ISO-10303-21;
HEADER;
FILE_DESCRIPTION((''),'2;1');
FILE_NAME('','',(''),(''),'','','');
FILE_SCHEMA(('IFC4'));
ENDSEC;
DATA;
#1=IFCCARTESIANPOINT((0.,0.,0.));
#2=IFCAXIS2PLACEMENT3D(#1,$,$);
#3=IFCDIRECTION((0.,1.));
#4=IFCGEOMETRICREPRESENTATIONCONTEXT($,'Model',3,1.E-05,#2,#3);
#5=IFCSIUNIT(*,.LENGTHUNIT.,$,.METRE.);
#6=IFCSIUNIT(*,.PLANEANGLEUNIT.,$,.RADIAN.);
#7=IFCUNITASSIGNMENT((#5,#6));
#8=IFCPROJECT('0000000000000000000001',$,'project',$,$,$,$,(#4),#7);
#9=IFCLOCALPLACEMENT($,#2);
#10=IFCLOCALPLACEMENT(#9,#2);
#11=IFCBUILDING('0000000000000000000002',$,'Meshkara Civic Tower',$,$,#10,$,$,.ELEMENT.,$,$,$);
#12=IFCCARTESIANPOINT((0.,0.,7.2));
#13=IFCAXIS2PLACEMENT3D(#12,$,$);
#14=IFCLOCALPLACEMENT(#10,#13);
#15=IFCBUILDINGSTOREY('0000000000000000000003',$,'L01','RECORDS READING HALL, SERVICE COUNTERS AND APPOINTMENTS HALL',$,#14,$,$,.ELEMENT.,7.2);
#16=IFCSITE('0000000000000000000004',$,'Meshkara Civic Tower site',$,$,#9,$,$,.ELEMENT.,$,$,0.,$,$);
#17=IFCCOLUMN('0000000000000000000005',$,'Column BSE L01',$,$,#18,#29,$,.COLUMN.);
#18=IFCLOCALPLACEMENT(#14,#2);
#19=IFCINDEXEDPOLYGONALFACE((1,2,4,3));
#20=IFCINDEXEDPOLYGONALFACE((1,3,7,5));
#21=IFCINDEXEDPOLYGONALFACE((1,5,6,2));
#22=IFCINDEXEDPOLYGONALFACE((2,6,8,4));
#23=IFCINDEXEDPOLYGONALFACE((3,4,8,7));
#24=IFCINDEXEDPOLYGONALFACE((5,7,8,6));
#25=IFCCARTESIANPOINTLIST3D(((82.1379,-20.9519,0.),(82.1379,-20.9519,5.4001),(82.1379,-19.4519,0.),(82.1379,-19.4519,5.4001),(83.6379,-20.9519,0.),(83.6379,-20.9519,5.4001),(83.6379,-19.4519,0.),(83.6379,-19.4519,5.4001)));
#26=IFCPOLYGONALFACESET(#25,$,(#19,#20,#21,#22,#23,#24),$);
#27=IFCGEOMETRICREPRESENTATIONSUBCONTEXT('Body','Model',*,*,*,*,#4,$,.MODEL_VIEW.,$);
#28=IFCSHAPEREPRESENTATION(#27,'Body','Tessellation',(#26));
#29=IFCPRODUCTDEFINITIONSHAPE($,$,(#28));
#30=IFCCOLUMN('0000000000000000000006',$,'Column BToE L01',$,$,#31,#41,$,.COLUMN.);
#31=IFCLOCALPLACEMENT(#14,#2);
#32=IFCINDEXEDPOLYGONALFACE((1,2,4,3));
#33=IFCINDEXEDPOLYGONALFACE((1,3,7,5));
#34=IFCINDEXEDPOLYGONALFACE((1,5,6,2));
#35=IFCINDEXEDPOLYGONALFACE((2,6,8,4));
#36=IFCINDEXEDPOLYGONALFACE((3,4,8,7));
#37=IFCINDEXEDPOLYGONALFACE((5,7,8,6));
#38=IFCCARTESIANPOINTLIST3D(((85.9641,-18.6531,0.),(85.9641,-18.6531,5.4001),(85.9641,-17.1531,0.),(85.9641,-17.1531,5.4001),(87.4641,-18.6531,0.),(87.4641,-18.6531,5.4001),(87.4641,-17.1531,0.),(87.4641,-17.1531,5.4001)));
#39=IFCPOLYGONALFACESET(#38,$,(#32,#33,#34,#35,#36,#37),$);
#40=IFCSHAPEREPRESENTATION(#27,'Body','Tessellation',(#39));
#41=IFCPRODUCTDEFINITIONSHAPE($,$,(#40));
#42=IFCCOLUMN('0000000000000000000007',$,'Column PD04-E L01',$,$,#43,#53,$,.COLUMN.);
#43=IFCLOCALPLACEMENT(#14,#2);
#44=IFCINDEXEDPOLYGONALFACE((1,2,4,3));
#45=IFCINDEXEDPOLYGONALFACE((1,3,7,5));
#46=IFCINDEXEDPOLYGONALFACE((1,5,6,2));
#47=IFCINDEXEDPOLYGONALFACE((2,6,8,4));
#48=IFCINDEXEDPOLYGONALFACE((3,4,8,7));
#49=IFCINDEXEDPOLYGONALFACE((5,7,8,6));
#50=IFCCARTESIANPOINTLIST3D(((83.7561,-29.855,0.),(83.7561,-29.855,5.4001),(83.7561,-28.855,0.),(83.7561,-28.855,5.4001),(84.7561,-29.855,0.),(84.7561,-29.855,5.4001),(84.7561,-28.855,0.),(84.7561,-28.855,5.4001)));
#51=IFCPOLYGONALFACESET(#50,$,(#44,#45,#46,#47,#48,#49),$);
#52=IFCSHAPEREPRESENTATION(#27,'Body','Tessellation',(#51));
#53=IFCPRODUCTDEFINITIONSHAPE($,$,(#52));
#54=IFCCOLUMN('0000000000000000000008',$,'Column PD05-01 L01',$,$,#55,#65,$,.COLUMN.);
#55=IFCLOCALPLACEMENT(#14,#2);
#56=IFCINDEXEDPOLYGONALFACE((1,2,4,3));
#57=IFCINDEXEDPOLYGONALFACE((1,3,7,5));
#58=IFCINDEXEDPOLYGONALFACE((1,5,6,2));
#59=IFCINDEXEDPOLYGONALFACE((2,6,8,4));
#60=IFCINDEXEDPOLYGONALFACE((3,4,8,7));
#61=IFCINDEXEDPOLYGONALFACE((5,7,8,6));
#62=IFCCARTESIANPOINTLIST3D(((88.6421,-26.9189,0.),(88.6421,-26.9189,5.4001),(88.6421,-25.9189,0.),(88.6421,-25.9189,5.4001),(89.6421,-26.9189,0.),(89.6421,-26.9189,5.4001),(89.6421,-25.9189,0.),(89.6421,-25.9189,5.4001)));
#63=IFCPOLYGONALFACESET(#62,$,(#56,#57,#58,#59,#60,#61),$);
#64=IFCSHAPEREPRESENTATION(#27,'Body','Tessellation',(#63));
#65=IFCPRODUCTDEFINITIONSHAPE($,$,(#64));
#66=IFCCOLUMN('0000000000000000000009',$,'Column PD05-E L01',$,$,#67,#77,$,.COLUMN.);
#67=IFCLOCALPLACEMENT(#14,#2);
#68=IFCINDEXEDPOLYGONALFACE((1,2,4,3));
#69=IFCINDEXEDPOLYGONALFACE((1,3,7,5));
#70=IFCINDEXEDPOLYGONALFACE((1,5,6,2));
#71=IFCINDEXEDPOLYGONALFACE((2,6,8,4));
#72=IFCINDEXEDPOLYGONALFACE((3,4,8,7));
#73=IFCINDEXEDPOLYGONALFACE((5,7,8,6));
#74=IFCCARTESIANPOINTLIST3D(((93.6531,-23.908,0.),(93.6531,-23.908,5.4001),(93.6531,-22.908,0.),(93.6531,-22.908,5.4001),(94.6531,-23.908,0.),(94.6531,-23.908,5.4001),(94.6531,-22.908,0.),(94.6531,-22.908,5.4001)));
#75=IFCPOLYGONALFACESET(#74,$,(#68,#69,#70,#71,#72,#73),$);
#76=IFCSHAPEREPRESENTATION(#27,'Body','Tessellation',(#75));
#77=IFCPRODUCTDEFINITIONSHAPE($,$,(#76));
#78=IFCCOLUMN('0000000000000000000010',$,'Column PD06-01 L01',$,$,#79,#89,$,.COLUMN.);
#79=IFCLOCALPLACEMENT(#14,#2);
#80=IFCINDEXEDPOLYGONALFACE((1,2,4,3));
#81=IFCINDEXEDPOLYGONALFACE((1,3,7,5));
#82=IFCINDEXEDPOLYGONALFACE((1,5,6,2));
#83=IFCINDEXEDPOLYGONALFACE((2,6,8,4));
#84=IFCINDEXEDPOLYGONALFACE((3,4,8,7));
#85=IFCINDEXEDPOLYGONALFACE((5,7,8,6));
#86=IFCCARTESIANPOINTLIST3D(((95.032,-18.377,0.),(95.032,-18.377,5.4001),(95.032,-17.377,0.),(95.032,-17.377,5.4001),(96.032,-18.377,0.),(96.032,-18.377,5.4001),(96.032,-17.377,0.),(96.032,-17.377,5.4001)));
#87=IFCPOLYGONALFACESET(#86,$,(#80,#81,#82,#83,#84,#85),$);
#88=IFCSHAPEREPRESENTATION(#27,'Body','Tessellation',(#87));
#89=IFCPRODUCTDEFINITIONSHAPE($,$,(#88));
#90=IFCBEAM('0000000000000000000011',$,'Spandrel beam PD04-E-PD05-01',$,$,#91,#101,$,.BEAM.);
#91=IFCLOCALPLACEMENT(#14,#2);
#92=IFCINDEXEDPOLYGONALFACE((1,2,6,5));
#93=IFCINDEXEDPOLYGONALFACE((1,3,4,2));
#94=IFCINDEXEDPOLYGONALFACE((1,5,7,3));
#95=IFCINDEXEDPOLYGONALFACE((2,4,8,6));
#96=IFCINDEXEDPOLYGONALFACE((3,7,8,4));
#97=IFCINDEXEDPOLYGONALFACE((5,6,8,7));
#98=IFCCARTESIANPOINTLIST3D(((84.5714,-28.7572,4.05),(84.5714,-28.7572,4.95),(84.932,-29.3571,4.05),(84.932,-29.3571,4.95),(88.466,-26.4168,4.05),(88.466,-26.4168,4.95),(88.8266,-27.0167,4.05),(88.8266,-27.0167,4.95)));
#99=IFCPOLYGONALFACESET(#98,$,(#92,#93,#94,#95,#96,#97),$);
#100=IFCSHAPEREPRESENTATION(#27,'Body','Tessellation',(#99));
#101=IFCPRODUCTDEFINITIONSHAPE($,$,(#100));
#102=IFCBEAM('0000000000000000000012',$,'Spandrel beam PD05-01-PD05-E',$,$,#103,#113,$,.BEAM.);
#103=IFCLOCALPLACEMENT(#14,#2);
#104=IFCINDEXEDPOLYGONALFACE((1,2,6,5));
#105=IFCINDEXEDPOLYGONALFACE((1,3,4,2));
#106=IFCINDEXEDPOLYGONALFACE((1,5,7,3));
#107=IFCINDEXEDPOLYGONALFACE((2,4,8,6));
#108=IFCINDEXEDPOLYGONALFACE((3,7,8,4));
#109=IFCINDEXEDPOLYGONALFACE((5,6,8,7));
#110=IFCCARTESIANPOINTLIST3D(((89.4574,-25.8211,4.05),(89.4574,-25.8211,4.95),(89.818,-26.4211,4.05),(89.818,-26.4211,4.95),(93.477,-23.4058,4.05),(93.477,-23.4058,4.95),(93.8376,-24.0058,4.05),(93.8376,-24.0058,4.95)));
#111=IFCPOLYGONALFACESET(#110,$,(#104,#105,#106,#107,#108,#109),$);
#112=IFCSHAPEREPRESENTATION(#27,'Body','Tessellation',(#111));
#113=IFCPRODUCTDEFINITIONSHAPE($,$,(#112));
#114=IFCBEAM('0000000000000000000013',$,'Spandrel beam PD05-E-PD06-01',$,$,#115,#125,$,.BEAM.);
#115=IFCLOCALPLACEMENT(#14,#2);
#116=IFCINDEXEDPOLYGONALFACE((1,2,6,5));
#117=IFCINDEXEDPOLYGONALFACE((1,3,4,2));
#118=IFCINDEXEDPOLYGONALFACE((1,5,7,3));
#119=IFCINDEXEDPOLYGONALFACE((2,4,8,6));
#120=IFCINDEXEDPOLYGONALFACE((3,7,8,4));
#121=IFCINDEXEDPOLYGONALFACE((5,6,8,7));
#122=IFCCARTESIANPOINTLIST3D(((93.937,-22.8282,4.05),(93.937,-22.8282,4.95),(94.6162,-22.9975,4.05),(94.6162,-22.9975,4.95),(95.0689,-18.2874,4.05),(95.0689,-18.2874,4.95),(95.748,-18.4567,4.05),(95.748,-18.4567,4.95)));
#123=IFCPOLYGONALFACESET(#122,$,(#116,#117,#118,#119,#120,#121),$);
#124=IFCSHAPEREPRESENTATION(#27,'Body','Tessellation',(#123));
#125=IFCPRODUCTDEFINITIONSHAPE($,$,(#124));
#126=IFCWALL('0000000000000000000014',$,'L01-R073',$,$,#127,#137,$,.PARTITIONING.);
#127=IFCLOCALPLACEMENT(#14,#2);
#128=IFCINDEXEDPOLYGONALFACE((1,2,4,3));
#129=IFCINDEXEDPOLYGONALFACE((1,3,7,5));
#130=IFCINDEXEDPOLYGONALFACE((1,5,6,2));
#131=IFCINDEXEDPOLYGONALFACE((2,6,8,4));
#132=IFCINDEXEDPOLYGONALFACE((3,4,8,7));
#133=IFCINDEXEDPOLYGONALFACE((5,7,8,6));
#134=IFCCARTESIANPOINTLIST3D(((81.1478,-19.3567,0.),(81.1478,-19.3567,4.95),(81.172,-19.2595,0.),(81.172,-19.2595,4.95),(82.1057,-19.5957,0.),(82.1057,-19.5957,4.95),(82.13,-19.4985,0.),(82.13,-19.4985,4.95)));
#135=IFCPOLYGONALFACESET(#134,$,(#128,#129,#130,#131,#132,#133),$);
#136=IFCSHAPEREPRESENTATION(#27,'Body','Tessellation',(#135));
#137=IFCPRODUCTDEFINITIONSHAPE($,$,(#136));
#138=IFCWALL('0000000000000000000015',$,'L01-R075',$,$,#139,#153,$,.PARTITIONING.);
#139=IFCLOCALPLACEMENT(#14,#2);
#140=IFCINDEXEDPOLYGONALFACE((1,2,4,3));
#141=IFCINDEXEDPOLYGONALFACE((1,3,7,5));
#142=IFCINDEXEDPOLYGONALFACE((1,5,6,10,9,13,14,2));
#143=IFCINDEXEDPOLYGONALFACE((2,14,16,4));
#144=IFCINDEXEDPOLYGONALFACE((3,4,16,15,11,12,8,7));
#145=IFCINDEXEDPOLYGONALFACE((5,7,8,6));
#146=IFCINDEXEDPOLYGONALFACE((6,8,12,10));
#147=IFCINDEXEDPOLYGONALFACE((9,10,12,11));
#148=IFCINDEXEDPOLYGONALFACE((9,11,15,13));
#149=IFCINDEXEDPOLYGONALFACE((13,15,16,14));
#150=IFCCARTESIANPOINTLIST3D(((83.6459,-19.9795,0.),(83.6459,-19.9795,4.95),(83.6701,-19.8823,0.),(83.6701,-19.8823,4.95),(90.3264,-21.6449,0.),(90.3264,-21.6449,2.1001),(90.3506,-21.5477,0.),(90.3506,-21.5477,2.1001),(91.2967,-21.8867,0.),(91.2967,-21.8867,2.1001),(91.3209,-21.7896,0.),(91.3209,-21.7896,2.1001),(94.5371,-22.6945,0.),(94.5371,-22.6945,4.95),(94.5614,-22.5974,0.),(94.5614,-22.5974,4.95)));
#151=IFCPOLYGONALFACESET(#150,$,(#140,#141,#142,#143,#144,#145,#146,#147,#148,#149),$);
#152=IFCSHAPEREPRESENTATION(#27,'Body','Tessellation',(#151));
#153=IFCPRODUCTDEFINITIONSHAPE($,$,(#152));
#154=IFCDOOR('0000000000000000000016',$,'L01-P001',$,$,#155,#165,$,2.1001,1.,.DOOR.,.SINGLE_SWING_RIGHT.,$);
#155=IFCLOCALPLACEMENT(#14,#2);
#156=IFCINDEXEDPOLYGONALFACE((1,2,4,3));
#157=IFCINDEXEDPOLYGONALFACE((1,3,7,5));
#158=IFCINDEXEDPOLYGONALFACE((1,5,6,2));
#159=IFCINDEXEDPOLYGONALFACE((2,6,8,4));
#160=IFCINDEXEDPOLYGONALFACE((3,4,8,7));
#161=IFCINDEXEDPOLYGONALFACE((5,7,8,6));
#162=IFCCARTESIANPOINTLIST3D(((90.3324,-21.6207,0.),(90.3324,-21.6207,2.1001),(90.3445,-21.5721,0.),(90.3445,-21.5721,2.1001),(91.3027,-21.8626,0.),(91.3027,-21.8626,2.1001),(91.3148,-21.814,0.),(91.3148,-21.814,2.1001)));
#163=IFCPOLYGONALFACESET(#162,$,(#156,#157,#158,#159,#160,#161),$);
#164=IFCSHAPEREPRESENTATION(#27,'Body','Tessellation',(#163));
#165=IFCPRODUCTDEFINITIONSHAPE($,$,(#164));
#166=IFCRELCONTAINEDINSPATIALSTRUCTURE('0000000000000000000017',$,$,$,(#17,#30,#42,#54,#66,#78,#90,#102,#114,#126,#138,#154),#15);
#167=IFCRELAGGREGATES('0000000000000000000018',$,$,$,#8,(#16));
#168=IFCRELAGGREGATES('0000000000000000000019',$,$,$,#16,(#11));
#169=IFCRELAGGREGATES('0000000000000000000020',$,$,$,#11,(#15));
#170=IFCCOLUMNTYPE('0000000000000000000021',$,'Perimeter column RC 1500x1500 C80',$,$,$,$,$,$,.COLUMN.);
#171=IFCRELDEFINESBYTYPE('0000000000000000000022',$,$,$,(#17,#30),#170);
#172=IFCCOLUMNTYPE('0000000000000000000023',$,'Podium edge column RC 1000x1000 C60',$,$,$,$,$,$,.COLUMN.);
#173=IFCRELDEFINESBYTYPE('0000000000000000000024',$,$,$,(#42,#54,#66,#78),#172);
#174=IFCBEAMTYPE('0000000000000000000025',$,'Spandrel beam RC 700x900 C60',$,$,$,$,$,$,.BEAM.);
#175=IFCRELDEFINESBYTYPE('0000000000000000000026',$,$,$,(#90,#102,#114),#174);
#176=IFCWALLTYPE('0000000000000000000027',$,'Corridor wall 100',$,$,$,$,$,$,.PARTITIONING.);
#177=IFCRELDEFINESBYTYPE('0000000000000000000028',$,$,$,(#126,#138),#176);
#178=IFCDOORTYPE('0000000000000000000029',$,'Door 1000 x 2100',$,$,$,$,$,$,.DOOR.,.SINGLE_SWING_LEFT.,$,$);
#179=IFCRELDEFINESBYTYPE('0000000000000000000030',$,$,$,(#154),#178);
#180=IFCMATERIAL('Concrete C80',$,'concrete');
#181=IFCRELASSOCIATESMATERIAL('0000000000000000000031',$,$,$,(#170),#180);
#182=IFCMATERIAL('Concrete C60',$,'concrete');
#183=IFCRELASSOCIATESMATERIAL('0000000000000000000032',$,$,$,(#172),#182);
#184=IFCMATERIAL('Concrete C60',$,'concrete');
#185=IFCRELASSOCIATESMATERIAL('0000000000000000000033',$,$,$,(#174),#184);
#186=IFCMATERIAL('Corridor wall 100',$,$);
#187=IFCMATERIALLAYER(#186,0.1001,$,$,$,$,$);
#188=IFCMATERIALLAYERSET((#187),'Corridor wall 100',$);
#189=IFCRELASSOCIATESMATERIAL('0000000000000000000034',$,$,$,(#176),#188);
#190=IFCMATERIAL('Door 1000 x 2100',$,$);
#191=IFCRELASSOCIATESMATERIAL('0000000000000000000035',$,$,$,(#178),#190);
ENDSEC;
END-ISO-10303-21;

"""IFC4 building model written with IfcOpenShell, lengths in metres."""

from ifc_helpers import new_model, si_unit, direction, frame, frame_2d, origin, origin_2d, place, context, subcontext, project, spatial, rectangle, extrude, material, layer, layer_set, material_profile, profile_set, type_object, element, fill, save


model = new_model("IFC4")

# Units and contexts
model_context = context("Model", 3, precision=1e-05, world=origin(), true_north=direction((0.0, 1.0)))
body_context = subcontext(model_context, "Body", "Model", "MODEL_VIEW")
ifc_project = project(units=[si_unit("LENGTHUNIT", "METRE"), si_unit("PLANEANGLEUNIT", "RADIAN")], contexts=[model_context])

# Site, building, storey
site_placement = place(None, origin())
site = spatial("IfcSite", under=ifc_project, at=site_placement, Name="Meshkara Civic Tower site", CompositionType="ELEMENT", RefElevation=0.0)
building_placement = place(site_placement, origin())
building = spatial("IfcBuilding", under=site, at=building_placement, Name="Meshkara Civic Tower", CompositionType="ELEMENT")
storey_placement = place(building_placement, frame((0.0, 0.0, 7.2)))
storey = spatial("IfcBuildingStorey", under=building, at=storey_placement, Name="L01", Description="RECORDS READING HALL, SERVICE COUNTERS AND APPOINTMENTS HALL", CompositionType="ELEMENT", Elevation=7.2)

# Columns
ifc_material_1 = material(Name="Concrete C80", Category="concrete")
ifc_material_profile_1 = material_profile(ifc_material_1, rectangle(XDim=1.5, YDim=1.5, at=origin_2d()))
ifc_profile_set_1 = profile_set([ifc_material_profile_1], Name="Concrete C80")
column_type_1 = type_object("IfcColumnType", Name="Perimeter column RC 1500x1500 C80", PredefinedType="COLUMN", material=ifc_profile_set_1)
for number, where, z_axis, x_axis, name in (
    (1, (82.8879, -20.2019, 0.0), (0.0, 0.0, 1.0), (1.0, 0.0, 0.0), "Column BSE L01"),
    (2, (86.7141, -17.9031, 0.0), (0.0, 0.0, 1.0), (1.0, 0.0, 0.0), "Column BToE L01"),
):
    element("IfcColumn", number, at=place(storey_placement, frame(where, z_axis=z_axis, x_axis=x_axis)), inside=storey, type_object=column_type_1, Name=name, PredefinedType="COLUMN", context=body_context, shape_type="SweptSolid", body=[
        extrude(rectangle(XDim=1.5, YDim=1.5, at=origin_2d()), origin(), (0.0, 0.0, 1.0), 5.4001),
    ])
ifc_material_2 = material(Name="Concrete C60", Category="concrete")
ifc_material_profile_2 = material_profile(ifc_material_2, rectangle(XDim=1.0, YDim=1.0, at=origin_2d()))
ifc_profile_set_2 = profile_set([ifc_material_profile_2], Name="Concrete C60")
column_type_2 = type_object("IfcColumnType", Name="Podium edge column RC 1000x1000 C60", PredefinedType="COLUMN", material=ifc_profile_set_2)
for number, where, z_axis, x_axis, name in (
    (3, (84.2561, -29.355, 0.0), (0.0, 0.0, 1.0), (1.0, 0.0, 0.0), "Column PD04-E L01"),
    (4, (89.1421, -26.4189, 0.0), (0.0, 0.0, 1.0), (1.0, 0.0, 0.0), "Column PD05-01 L01"),
    (5, (94.1531, -23.408, 0.0), (0.0, 0.0, 1.0), (1.0, 0.0, 0.0), "Column PD05-E L01"),
    (6, (95.532, -17.877, 0.0), (0.0, 0.0, 1.0), (1.0, 0.0, 0.0), "Column PD06-01 L01"),
):
    element("IfcColumn", number, at=place(storey_placement, frame(where, z_axis=z_axis, x_axis=x_axis)), inside=storey, type_object=column_type_2, Name=name, PredefinedType="COLUMN", context=body_context, shape_type="SweptSolid", body=[
        extrude(rectangle(XDim=1.0, YDim=1.0, at=origin_2d()), origin(), (0.0, 0.0, 1.0), 5.4001),
    ])

# Beams
ifc_material_3 = material(Name="Concrete C60", Category="concrete")
ifc_material_profile_3 = material_profile(ifc_material_3, rectangle(XDim=0.7, YDim=0.8999, at=origin_2d()))
ifc_profile_set_3 = profile_set([ifc_material_profile_3], Name="Concrete C60")
beam_type = type_object("IfcBeamType", Name="Spandrel beam RC 700x900 C60", PredefinedType="BEAM", material=ifc_profile_set_3)
beam_1_placement = place(storey_placement, frame((84.7517, -29.0571, 4.5), z_axis=(0.857142, 0.51508, 0.0), x_axis=(-0.51508, 0.857142, 0.0)))
element("IfcBeam", 7, at=beam_1_placement, inside=storey, type_object=beam_type, Name="Spandrel beam PD04-E-PD05-01", PredefinedType="BEAM", context=body_context, shape_type="SweptSolid", body=[
    extrude(rectangle(XDim=0.7, YDim=0.8999, at=origin_2d()), origin(), (0.0, 0.0, 1.0), 4.5437),
])
beam_2_placement = place(storey_placement, frame((89.6377, -26.1211, 4.5), z_axis=(0.857157, 0.515055, 0.0), x_axis=(-0.515055, 0.857157, 0.0)))
element("IfcBeam", 8, at=beam_2_placement, inside=storey, type_object=beam_type, Name="Spandrel beam PD05-01-PD05-E", PredefinedType="BEAM", context=body_context, shape_type="SweptSolid", body=[
    extrude(rectangle(XDim=0.7, YDim=0.8999, at=origin_2d()), origin(), (0.0, 0.0, 1.0), 4.6895),
])
beam_3_placement = place(storey_placement, frame((94.2766, -22.9128, 4.5), z_axis=(0.24186, 0.970311, 0.0), x_axis=(-0.970311, 0.24186, 0.0)))
element("IfcBeam", 9, at=beam_3_placement, inside=storey, type_object=beam_type, Name="Spandrel beam PD05-E-PD06-01", PredefinedType="BEAM", context=body_context, shape_type="SweptSolid", body=[
    extrude(rectangle(XDim=0.7, YDim=0.8999, at=origin_2d()), origin(), (0.0, 0.0, 1.0), 4.6797),
])

# Wall
ifc_material_4 = material(Name="Corridor wall 100")
ifc_layer_1 = layer(ifc_material_4, 0.1001)
ifc_layer_set_1 = layer_set([ifc_layer_1], Name="Corridor wall 100")
wall_type_1 = type_object("IfcWallType", Name="Corridor wall 100", PredefinedType="PARTITIONING", material=ifc_layer_set_1)
wall_1_placement = place(storey_placement, frame((81.1599, -19.3081, 0.0), z_axis=(0.0, 0.0, 1.0), x_axis=(0.970259, -0.24207, 0.0)))
element("IfcWall", 10, at=wall_1_placement, inside=storey, type_object=wall_type_1, Name="L01-R073", PredefinedType="PARTITIONING", context=body_context, shape_type="SweptSolid", body=[
    extrude(rectangle(XDim=0.9873, YDim=0.1001, at=frame_2d((0.4937, 0.0))), origin(), (0.0, 0.0, 1.0), 4.95),
])

# Wall, opening, door
wall_2_placement = place(storey_placement, frame((83.658, -19.9309, 0.0), z_axis=(0.0, 0.0, 1.0), x_axis=(0.970305, -0.241886, 0.0)))
wall_2 = element("IfcWall", 11, at=wall_2_placement, inside=storey, type_object=wall_type_1, Name="L01-R075", PredefinedType="PARTITIONING", context=body_context, shape_type="SweptSolid", body=[
    extrude(rectangle(XDim=11.2246, YDim=0.1001, at=frame_2d((5.6123, 0.0))), origin(), (0.0, 0.0, 1.0), 4.95),
])
opening_1_placement = place(wall_2_placement, frame((6.885, 0.0, 0.0)))
opening_1 = element("IfcOpeningElement", 12, at=opening_1_placement, cuts=wall_2, PredefinedType="OPENING", context=body_context, shape_type="SweptSolid", body=[
    extrude(rectangle(XDim=1.0, YDim=2.1001, at=frame_2d((0.5, 1.05))), frame((0.0, 0.0601, 0.0), z_axis=(0.0, -1.0, 0.0), x_axis=(1.0, 0.0, 0.0)), (0.0, 0.0, 1.0), 0.1201),
])
ifc_material_5 = material(Name="Door 1000 x 2100")
door_type = type_object("IfcDoorType", Name="Door 1000 x 2100", OperationType="SINGLE_SWING_LEFT", PredefinedType="DOOR", material=ifc_material_5)
door_placement = place(opening_1_placement, origin())
door = element("IfcDoor", 13, at=door_placement, inside=storey, type_object=door_type, Name="L01-P001", OperationType="SINGLE_SWING_RIGHT", OverallHeight=2.1001, OverallWidth=1.0, PredefinedType="DOOR", context=body_context, shape_type="SweptSolid", body=[
    extrude(rectangle(XDim=1.0, YDim=2.1001, at=frame_2d((0.5, 1.05))), frame((0.0, 0.0249, 0.0), z_axis=(0.0, -1.0, 0.0), x_axis=(1.0, 0.0, 0.0)), (0.0, 0.0, 1.0), 0.05),
])
fill(opening_1, door)

save(model, "model.ifc")
